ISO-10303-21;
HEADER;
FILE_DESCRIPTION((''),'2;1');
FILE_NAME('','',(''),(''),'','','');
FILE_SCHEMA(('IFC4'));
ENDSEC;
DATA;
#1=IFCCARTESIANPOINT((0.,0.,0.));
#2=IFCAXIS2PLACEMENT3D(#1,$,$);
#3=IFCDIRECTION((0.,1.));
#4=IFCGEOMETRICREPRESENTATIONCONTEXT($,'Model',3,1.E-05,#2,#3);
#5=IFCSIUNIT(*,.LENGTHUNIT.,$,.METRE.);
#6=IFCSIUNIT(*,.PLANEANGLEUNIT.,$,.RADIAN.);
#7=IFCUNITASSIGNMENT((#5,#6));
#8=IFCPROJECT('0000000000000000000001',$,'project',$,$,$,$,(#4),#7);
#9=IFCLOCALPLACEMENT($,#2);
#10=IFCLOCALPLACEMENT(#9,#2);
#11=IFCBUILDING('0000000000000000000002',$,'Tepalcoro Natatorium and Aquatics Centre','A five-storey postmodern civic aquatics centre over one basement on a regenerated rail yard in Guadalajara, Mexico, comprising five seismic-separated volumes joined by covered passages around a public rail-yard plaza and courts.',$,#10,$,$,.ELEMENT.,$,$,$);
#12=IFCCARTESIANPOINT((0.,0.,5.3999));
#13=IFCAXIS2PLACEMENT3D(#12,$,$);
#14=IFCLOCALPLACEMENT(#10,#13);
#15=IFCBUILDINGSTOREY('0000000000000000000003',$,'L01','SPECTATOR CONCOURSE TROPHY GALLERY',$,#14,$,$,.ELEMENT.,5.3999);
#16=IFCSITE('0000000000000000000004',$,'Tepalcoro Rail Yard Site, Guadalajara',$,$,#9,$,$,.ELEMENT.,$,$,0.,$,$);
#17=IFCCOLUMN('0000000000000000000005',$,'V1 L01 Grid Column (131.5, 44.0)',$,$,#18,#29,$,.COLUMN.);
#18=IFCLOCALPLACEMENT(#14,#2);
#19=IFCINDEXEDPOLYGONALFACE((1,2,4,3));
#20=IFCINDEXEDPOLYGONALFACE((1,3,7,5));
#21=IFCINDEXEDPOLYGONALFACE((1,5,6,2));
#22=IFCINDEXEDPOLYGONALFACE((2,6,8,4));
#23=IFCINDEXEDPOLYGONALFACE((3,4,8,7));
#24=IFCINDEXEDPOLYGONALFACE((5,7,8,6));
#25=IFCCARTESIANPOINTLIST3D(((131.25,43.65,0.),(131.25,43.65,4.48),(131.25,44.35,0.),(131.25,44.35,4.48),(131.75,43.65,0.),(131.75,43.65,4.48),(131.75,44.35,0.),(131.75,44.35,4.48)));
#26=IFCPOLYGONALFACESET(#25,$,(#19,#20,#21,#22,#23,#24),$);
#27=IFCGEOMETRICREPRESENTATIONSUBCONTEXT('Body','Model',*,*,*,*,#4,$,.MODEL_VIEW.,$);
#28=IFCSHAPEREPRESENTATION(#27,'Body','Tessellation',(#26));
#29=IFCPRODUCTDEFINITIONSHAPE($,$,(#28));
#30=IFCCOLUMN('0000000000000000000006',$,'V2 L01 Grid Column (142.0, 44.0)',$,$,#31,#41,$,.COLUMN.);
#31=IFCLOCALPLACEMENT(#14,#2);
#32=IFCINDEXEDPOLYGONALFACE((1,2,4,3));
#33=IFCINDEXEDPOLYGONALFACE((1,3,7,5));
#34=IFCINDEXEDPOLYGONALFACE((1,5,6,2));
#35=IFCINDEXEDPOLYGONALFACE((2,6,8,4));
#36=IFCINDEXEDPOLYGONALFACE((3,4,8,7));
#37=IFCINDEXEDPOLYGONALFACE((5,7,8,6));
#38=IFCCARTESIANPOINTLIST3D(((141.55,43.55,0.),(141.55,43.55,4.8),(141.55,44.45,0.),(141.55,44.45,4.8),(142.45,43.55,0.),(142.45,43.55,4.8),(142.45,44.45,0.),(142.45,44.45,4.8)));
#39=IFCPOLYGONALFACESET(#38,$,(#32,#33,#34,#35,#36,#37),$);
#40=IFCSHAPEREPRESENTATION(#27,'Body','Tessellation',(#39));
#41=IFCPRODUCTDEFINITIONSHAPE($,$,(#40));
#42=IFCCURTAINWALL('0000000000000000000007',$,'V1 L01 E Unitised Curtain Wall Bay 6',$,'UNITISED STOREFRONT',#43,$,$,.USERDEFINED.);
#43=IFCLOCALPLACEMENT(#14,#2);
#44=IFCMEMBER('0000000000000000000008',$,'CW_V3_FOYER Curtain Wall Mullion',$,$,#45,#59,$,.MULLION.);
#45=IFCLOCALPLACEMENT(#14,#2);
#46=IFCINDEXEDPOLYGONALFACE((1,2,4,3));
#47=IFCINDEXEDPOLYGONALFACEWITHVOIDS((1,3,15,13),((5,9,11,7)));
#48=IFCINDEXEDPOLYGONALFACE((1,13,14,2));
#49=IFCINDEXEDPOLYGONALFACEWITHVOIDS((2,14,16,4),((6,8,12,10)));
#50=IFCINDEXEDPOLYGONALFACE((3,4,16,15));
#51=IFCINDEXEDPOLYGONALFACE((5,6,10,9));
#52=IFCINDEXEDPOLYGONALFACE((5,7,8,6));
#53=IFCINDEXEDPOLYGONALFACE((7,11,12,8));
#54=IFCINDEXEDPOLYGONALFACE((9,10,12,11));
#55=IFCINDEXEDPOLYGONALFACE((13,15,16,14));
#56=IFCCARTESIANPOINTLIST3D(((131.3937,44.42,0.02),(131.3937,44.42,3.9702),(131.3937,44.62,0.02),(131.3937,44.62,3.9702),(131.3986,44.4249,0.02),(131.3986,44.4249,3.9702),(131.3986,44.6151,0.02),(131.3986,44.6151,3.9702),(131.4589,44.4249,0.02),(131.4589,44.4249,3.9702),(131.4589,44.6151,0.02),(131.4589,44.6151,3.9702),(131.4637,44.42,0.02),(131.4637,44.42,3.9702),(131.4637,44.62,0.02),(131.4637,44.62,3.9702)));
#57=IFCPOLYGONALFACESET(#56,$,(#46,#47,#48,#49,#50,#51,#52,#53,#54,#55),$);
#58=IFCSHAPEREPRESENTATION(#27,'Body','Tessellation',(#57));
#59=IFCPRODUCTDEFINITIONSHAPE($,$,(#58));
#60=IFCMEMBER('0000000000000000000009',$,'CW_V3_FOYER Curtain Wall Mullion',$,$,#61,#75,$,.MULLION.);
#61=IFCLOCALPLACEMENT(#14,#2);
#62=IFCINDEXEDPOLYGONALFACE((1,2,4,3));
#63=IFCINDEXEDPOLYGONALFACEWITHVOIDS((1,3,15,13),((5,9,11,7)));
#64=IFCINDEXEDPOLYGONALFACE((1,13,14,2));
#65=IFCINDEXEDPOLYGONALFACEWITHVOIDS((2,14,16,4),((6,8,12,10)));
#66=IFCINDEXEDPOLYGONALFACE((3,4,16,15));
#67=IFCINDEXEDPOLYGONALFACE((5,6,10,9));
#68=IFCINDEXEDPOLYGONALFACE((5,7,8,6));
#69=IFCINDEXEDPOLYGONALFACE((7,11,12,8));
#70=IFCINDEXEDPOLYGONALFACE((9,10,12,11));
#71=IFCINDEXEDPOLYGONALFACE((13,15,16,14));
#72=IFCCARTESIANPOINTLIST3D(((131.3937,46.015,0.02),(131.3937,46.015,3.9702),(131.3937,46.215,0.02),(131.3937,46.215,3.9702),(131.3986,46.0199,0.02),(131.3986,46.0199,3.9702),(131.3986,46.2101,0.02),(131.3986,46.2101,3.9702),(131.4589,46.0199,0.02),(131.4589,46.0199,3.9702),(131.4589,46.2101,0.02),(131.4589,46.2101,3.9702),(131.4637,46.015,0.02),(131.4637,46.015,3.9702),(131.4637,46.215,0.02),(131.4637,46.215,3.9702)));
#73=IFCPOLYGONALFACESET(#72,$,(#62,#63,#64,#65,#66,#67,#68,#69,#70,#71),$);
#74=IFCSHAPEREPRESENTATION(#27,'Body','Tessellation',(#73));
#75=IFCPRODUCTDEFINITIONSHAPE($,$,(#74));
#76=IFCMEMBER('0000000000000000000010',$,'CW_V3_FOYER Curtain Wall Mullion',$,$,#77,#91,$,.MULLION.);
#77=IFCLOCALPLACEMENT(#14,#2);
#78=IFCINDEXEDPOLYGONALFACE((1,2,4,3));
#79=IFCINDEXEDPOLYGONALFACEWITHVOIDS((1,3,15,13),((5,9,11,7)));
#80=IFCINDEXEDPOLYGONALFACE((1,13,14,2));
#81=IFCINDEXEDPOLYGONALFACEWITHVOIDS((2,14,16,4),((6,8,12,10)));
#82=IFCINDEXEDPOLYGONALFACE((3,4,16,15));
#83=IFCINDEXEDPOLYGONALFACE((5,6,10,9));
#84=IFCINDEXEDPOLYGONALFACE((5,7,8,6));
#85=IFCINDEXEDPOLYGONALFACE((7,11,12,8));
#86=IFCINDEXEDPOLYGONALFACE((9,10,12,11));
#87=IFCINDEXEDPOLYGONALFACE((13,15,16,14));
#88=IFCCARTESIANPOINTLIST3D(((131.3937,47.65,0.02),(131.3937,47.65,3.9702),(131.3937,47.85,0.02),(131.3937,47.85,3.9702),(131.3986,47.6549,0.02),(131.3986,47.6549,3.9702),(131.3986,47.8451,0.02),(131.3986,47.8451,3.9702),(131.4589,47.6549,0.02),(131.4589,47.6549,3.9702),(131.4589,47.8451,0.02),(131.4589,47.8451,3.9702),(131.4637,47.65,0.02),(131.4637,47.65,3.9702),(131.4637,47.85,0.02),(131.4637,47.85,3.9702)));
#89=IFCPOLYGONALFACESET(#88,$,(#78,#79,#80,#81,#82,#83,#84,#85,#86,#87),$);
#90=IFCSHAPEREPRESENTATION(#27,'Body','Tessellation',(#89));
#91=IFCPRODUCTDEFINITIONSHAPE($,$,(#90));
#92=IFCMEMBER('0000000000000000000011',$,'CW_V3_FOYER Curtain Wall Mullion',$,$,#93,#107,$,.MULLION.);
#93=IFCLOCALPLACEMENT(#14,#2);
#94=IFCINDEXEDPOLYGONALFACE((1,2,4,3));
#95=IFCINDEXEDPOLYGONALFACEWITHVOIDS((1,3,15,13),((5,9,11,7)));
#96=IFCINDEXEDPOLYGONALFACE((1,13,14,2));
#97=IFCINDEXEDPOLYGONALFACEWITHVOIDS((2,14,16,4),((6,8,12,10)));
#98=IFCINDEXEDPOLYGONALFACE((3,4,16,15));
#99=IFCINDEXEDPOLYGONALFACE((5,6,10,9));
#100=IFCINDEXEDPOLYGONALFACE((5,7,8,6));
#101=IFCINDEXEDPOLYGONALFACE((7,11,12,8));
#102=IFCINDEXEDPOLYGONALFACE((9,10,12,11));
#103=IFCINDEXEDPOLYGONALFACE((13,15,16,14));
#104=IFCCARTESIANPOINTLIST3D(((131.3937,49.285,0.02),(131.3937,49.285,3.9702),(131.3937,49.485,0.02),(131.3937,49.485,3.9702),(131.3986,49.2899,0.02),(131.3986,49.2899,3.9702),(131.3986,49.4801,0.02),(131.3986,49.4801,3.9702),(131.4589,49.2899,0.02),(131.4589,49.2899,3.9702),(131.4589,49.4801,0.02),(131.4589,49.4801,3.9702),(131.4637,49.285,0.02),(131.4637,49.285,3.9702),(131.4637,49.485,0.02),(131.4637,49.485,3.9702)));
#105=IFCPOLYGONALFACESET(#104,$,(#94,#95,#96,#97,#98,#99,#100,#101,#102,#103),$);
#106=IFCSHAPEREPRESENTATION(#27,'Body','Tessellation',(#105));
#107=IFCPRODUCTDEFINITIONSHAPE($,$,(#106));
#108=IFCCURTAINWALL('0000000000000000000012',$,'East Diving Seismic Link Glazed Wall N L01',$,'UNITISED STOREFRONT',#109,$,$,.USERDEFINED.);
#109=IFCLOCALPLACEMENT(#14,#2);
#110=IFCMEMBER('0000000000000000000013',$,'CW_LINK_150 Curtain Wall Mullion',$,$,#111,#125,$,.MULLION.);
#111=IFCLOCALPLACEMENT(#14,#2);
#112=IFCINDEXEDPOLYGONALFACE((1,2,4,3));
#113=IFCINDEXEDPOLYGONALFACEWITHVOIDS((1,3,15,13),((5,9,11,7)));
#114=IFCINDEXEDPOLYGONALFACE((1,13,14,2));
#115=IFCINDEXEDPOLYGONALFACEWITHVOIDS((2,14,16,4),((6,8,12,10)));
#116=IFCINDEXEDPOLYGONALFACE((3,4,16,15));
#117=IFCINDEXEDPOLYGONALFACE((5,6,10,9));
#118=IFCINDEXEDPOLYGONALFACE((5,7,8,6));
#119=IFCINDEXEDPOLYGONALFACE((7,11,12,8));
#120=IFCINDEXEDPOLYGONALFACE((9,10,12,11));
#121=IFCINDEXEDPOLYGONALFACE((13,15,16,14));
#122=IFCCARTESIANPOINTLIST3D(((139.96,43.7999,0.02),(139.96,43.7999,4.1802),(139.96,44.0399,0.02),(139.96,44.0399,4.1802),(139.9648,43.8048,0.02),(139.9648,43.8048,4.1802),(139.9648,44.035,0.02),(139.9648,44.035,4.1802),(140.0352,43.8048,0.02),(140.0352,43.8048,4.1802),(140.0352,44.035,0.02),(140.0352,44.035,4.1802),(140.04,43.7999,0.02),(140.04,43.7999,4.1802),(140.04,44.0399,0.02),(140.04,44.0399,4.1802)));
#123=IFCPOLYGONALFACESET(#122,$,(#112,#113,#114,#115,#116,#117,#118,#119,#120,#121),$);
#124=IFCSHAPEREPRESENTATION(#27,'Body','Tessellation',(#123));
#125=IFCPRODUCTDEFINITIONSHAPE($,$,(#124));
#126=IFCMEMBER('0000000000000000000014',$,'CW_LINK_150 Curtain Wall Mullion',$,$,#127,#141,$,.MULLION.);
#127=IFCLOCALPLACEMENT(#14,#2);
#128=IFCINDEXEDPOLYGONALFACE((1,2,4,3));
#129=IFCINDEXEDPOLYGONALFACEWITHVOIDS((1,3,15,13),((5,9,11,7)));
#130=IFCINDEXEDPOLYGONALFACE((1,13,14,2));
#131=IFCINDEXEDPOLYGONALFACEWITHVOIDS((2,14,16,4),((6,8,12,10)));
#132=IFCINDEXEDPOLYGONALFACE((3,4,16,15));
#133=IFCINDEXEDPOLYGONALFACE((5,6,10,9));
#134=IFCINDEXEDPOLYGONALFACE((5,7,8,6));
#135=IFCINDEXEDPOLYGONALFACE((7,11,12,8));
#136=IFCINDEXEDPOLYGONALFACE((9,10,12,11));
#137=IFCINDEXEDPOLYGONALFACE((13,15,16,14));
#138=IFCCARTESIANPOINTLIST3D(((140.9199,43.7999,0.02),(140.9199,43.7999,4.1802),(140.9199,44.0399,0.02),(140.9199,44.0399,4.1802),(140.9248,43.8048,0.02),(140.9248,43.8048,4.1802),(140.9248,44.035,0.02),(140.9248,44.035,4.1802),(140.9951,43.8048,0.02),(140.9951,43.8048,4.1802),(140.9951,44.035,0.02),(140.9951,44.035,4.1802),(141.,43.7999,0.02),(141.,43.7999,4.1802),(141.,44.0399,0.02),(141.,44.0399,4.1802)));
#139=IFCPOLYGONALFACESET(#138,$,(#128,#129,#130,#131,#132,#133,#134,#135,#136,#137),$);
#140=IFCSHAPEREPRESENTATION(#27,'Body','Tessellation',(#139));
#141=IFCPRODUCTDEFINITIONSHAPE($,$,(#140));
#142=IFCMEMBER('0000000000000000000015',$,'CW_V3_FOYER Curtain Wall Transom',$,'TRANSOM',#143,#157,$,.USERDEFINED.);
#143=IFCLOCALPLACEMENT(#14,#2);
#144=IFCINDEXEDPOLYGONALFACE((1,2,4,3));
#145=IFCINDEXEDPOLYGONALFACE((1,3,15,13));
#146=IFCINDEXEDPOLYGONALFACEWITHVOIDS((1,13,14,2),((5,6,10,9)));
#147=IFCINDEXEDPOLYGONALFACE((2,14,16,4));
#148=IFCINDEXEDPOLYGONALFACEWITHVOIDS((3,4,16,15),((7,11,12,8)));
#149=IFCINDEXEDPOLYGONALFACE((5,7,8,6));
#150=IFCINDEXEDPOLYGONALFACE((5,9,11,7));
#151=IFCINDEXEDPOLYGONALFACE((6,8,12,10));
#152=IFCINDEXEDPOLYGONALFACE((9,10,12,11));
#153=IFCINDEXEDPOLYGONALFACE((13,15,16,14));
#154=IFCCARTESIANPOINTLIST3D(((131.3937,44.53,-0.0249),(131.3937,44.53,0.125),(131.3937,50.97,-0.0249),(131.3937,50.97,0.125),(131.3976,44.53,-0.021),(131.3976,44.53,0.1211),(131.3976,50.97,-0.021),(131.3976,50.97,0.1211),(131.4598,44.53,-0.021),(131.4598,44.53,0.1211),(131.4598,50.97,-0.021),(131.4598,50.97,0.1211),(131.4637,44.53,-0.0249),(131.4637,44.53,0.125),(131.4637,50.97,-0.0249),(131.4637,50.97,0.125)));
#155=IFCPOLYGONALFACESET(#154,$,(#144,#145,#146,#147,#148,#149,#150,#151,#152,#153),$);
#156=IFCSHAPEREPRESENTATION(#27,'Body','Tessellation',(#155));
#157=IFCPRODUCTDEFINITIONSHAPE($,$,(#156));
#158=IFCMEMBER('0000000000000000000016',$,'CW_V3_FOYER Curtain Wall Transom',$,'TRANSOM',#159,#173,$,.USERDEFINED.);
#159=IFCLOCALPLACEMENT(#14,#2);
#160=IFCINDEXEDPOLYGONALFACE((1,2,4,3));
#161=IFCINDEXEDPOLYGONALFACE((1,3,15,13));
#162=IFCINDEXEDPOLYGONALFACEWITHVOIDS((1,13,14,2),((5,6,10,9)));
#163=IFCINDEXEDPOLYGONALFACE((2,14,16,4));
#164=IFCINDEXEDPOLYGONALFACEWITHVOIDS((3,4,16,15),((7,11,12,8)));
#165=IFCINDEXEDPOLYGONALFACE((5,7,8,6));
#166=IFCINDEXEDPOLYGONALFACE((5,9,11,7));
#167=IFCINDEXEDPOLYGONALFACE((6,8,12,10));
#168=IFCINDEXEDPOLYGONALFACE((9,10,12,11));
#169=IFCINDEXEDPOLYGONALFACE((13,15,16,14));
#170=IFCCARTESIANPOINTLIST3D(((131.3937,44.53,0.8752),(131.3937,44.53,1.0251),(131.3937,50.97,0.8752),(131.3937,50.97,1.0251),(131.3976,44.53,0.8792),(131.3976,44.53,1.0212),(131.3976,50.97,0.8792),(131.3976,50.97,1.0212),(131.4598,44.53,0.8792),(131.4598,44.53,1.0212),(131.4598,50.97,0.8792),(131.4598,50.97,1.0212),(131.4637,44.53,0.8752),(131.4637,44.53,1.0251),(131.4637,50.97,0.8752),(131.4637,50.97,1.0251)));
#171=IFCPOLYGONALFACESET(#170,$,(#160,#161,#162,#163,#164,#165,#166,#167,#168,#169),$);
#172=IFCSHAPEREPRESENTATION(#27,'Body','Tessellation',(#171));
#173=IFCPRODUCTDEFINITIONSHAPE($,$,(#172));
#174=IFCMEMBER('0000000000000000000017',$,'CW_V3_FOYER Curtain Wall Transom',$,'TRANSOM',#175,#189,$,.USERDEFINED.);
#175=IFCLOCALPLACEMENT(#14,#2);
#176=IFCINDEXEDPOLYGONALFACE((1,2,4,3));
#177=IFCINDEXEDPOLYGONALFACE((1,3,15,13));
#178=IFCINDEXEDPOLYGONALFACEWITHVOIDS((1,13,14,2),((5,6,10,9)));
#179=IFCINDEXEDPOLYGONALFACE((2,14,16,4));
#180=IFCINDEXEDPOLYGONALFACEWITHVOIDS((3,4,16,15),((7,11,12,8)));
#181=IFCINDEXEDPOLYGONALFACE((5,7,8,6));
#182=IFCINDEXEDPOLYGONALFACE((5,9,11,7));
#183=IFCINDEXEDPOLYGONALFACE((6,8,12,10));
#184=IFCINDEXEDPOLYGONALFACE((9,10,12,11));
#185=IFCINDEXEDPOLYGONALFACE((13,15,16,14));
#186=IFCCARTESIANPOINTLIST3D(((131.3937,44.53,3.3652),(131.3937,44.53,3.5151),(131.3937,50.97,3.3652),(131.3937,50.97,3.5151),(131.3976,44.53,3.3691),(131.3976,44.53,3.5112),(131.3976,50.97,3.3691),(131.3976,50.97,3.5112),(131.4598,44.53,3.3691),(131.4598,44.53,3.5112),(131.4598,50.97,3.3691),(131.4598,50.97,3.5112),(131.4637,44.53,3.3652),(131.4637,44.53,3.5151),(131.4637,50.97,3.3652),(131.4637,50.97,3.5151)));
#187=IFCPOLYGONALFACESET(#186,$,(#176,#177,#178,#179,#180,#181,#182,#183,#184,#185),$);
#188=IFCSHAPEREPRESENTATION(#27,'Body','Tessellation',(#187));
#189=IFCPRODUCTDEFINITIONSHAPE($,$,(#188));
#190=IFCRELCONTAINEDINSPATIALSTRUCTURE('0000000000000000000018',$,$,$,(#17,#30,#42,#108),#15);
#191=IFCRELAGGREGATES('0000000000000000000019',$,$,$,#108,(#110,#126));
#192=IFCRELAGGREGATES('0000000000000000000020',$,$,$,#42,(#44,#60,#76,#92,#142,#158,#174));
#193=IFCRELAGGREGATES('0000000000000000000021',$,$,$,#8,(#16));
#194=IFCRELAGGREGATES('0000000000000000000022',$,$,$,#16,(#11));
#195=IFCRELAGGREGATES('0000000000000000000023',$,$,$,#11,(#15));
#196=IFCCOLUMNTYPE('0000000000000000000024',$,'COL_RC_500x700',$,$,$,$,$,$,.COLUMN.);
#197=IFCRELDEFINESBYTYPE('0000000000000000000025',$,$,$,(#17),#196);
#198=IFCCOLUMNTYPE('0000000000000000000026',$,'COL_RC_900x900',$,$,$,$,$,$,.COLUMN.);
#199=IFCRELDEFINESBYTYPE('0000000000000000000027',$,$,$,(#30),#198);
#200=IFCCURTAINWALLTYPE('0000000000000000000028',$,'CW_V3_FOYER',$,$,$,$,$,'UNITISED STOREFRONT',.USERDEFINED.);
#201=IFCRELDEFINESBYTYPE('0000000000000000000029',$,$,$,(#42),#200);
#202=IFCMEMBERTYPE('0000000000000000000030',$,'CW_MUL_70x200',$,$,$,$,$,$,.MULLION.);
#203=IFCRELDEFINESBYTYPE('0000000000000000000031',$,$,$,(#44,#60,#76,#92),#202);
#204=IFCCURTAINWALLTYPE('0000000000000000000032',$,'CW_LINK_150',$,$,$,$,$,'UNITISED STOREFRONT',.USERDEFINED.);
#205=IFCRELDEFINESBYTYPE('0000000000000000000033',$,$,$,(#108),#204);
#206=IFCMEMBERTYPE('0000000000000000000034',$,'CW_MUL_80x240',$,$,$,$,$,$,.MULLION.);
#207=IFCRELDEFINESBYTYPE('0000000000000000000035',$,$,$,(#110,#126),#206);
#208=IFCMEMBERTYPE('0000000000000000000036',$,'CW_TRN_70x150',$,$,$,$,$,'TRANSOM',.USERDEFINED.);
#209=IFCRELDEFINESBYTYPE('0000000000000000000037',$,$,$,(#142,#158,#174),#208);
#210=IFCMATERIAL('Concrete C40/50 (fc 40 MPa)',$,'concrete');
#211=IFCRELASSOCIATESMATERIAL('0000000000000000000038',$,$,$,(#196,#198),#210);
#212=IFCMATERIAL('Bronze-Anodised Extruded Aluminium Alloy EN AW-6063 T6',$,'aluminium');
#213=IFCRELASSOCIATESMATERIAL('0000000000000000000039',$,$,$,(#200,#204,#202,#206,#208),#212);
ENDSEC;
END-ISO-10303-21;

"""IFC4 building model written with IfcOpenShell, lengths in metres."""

from ifc_helpers import new_model, si_unit, direction, frame, origin, origin_2d, place, context, subcontext, project, spatial, rectangle, hollow_rectangle, extrude, material, material_profile, profile_set, type_object, element, aggregate, save


model = new_model("IFC4")

# Units and contexts
model_context = context("Model", 3, precision=1e-05, world=origin(), true_north=direction((0.0, 1.0)))
body_context = subcontext(model_context, "Body", "Model", "MODEL_VIEW")
ifc_project = project(units=[si_unit("LENGTHUNIT", "METRE"), si_unit("PLANEANGLEUNIT", "RADIAN")], contexts=[model_context])

# Site, building, storey
site_placement = place(None, origin())
site = spatial("IfcSite", under=ifc_project, at=site_placement, Name="Tepalcoro Rail Yard Site, Guadalajara", CompositionType="ELEMENT", RefElevation=0.0)
building_placement = place(site_placement, origin())
building = spatial("IfcBuilding", under=site, at=building_placement, Name="Tepalcoro Natatorium and Aquatics Centre", Description="A five-storey postmodern civic aquatics centre over one basement on a regenerated rail yard in Guadalajara, Mexico, comprising five seismic-separated volumes joined by covered passages around a public rail-yard plaza and courts.", CompositionType="ELEMENT")
storey_placement = place(building_placement, frame((0.0, 0.0, 5.3999)))
storey = spatial("IfcBuildingStorey", under=building, at=storey_placement, Name="L01", Description="SPECTATOR CONCOURSE TROPHY GALLERY", CompositionType="ELEMENT", Elevation=5.3999)

# Columns
ifc_material_1 = material(Name="Concrete C40/50 (fc 40 MPa)", Category="concrete")
ifc_material_profile_1 = material_profile(ifc_material_1, rectangle(XDim=0.5, YDim=0.7, at=origin_2d()), Name="RC500x700")
ifc_profile_set_1 = profile_set([ifc_material_profile_1], Name="Concrete C40/50 (fc 40 MPa)")
column_type_1 = type_object("IfcColumnType", Name="COL_RC_500x700", PredefinedType="COLUMN", material=ifc_profile_set_1)
column_1_placement = place(storey_placement, frame((131.5, 44.0, 0.0), z_axis=(0.0, 0.0, 1.0), x_axis=(1.0, 0.0, 0.0)))
element("IfcColumn", 1, at=column_1_placement, inside=storey, type_object=column_type_1, Name="V1 L01 Grid Column (131.5, 44.0)", PredefinedType="COLUMN", context=body_context, shape_type="SweptSolid", body=[
    extrude(rectangle(XDim=0.5, YDim=0.7, at=origin_2d()), origin(), (0.0, 0.0, 1.0), 4.48),
])
ifc_material_profile_2 = material_profile(ifc_material_1, rectangle(XDim=0.8999, YDim=0.8999, at=origin_2d()), Name="RC900x900")
ifc_profile_set_2 = profile_set([ifc_material_profile_2], Name="Concrete C40/50 (fc 40 MPa)")
column_type_2 = type_object("IfcColumnType", Name="COL_RC_900x900", PredefinedType="COLUMN", material=ifc_profile_set_2)
column_2_placement = place(storey_placement, frame((142.0, 44.0, 0.0), z_axis=(0.0, 0.0, 1.0), x_axis=(1.0, 0.0, 0.0)))
element("IfcColumn", 2, at=column_2_placement, inside=storey, type_object=column_type_2, Name="V2 L01 Grid Column (142.0, 44.0)", PredefinedType="COLUMN", context=body_context, shape_type="SweptSolid", body=[
    extrude(rectangle(XDim=0.8999, YDim=0.8999, at=origin_2d()), origin(), (0.0, 0.0, 1.0), 4.8),
])

# Curtain walls, members
ifc_material_2 = material(Name="Bronze-Anodised Extruded Aluminium Alloy EN AW-6063 T6", Category="aluminium")
curtain_wall_type_1 = type_object("IfcCurtainWallType", Name="CW_V3_FOYER", ElementType="UNITISED STOREFRONT", PredefinedType="USERDEFINED", material=ifc_material_2)
curtain_wall_1_placement = place(storey_placement, origin())
curtain_wall_1 = element("IfcCurtainWall", 3, at=curtain_wall_1_placement, inside=storey, type_object=curtain_wall_type_1, Name="V1 L01 E Unitised Curtain Wall Bay 6", ObjectType="UNITISED STOREFRONT", PredefinedType="USERDEFINED")
ifc_material_profile_3 = material_profile(ifc_material_2, hollow_rectangle(XDim=0.0701, YDim=0.2, WallThickness=0.0049, at=origin_2d()), Name="AL70X200X5")
ifc_profile_set_3 = profile_set([ifc_material_profile_3], Name="Bronze-Anodised Extruded Aluminium Alloy EN AW-6063 T6")
member_type_1 = type_object("IfcMemberType", Name="CW_MUL_70x200", PredefinedType="MULLION", material=ifc_profile_set_3)
member_1_placement = place(storey_placement, frame((131.4287, 44.52, 0.02), z_axis=(0.0, 0.0, 1.0), x_axis=(1.0, 0.0, 0.0)))
member_1 = element("IfcMember", 4, at=member_1_placement, type_object=member_type_1, Name="CW_V3_FOYER Curtain Wall Mullion", PredefinedType="MULLION", context=body_context, shape_type="SweptSolid", body=[
    extrude(hollow_rectangle(XDim=0.0701, YDim=0.2, WallThickness=0.0049, at=origin_2d()), origin(), (0.0, 0.0, 1.0), 3.9502),
])
member_2_placement = place(storey_placement, frame((131.4287, 46.115, 0.02), z_axis=(0.0, 0.0, 1.0), x_axis=(1.0, 0.0, 0.0)))
member_2 = element("IfcMember", 5, at=member_2_placement, type_object=member_type_1, Name="CW_V3_FOYER Curtain Wall Mullion", PredefinedType="MULLION", context=body_context, shape_type="SweptSolid", body=[
    extrude(hollow_rectangle(XDim=0.0701, YDim=0.2, WallThickness=0.0049, at=origin_2d()), origin(), (0.0, 0.0, 1.0), 3.9502),
])
member_3_placement = place(storey_placement, frame((131.4287, 47.75, 0.02), z_axis=(0.0, 0.0, 1.0), x_axis=(1.0, 0.0, 0.0)))
member_3 = element("IfcMember", 6, at=member_3_placement, type_object=member_type_1, Name="CW_V3_FOYER Curtain Wall Mullion", PredefinedType="MULLION", context=body_context, shape_type="SweptSolid", body=[
    extrude(hollow_rectangle(XDim=0.0701, YDim=0.2, WallThickness=0.0049, at=origin_2d()), origin(), (0.0, 0.0, 1.0), 3.9502),
])
member_4_placement = place(storey_placement, frame((131.4287, 49.385, 0.02), z_axis=(0.0, 0.0, 1.0), x_axis=(1.0, 0.0, 0.0)))
member_4 = element("IfcMember", 7, at=member_4_placement, type_object=member_type_1, Name="CW_V3_FOYER Curtain Wall Mullion", PredefinedType="MULLION", context=body_context, shape_type="SweptSolid", body=[
    extrude(hollow_rectangle(XDim=0.0701, YDim=0.2, WallThickness=0.0049, at=origin_2d()), origin(), (0.0, 0.0, 1.0), 3.9502),
])
curtain_wall_type_2 = type_object("IfcCurtainWallType", Name="CW_LINK_150", ElementType="UNITISED STOREFRONT", PredefinedType="USERDEFINED", material=ifc_material_2)
curtain_wall_2_placement = place(storey_placement, origin())
curtain_wall_2 = element("IfcCurtainWall", 8, at=curtain_wall_2_placement, inside=storey, type_object=curtain_wall_type_2, Name="East Diving Seismic Link Glazed Wall N L01", ObjectType="UNITISED STOREFRONT", PredefinedType="USERDEFINED")
ifc_material_profile_4 = material_profile(ifc_material_2, hollow_rectangle(XDim=0.0801, YDim=0.24, WallThickness=0.0049, at=origin_2d()), Name="AL80X240X5")
ifc_profile_set_4 = profile_set([ifc_material_profile_4], Name="Bronze-Anodised Extruded Aluminium Alloy EN AW-6063 T6")
member_type_2 = type_object("IfcMemberType", Name="CW_MUL_80x240", PredefinedType="MULLION", material=ifc_profile_set_4)
member_5_placement = place(storey_placement, frame((140.0, 43.9199, 0.02), z_axis=(0.0, 0.0, 1.0), x_axis=(1.0, 0.0, 0.0)))
member_5 = element("IfcMember", 9, at=member_5_placement, type_object=member_type_2, Name="CW_LINK_150 Curtain Wall Mullion", PredefinedType="MULLION", context=body_context, shape_type="SweptSolid", body=[
    extrude(hollow_rectangle(XDim=0.0801, YDim=0.24, WallThickness=0.0049, at=origin_2d()), origin(), (0.0, 0.0, 1.0), 4.1602),
])
member_6_placement = place(storey_placement, frame((140.96, 43.9199, 0.02), z_axis=(0.0, 0.0, 1.0), x_axis=(1.0, 0.0, 0.0)))
member_6 = element("IfcMember", 10, at=member_6_placement, type_object=member_type_2, Name="CW_LINK_150 Curtain Wall Mullion", PredefinedType="MULLION", context=body_context, shape_type="SweptSolid", body=[
    extrude(hollow_rectangle(XDim=0.0801, YDim=0.24, WallThickness=0.0049, at=origin_2d()), origin(), (0.0, 0.0, 1.0), 4.1602),
])

# Members
ifc_material_profile_5 = material_profile(ifc_material_2, hollow_rectangle(XDim=0.0701, YDim=0.1499, WallThickness=0.0039, at=origin_2d()), Name="AL70X150X4")
ifc_profile_set_5 = profile_set([ifc_material_profile_5], Name="Bronze-Anodised Extruded Aluminium Alloy EN AW-6063 T6")
member_type_3 = type_object("IfcMemberType", Name="CW_TRN_70x150", ElementType="TRANSOM", PredefinedType="USERDEFINED", material=ifc_profile_set_5)
member_7_placement = place(storey_placement, frame((131.4287, 44.53, 0.05), z_axis=(0.0, 1.0, 0.0), x_axis=(-1.0, 0.0, 0.0)))
member_7 = element("IfcMember", 11, at=member_7_placement, type_object=member_type_3, Name="CW_V3_FOYER Curtain Wall Transom", ObjectType="TRANSOM", PredefinedType="USERDEFINED", context=body_context, shape_type="SweptSolid", body=[
    extrude(hollow_rectangle(XDim=0.0701, YDim=0.1499, WallThickness=0.0039, at=origin_2d()), origin(), (0.0, 0.0, 1.0), 6.4399),
])
member_8_placement = place(storey_placement, frame((131.4287, 44.53, 0.9502), z_axis=(0.0, 1.0, 0.0), x_axis=(-1.0, 0.0, 0.0)))
member_8 = element("IfcMember", 12, at=member_8_placement, type_object=member_type_3, Name="CW_V3_FOYER Curtain Wall Transom", ObjectType="TRANSOM", PredefinedType="USERDEFINED", context=body_context, shape_type="SweptSolid", body=[
    extrude(hollow_rectangle(XDim=0.0701, YDim=0.1499, WallThickness=0.0039, at=origin_2d()), origin(), (0.0, 0.0, 1.0), 6.4399),
])
member_9_placement = place(storey_placement, frame((131.4287, 44.53, 3.4402), z_axis=(0.0, 1.0, 0.0), x_axis=(-1.0, 0.0, 0.0)))
member_9 = element("IfcMember", 13, at=member_9_placement, type_object=member_type_3, Name="CW_V3_FOYER Curtain Wall Transom", ObjectType="TRANSOM", PredefinedType="USERDEFINED", context=body_context, shape_type="SweptSolid", body=[
    extrude(hollow_rectangle(XDim=0.0701, YDim=0.1499, WallThickness=0.0039, at=origin_2d()), origin(), (0.0, 0.0, 1.0), 6.4399),
])

aggregate(curtain_wall_2, [member_5, member_6])
aggregate(curtain_wall_1, [member_1, member_2, member_3, member_4, member_7, member_8, member_9])

save(model, "model.ifc")
